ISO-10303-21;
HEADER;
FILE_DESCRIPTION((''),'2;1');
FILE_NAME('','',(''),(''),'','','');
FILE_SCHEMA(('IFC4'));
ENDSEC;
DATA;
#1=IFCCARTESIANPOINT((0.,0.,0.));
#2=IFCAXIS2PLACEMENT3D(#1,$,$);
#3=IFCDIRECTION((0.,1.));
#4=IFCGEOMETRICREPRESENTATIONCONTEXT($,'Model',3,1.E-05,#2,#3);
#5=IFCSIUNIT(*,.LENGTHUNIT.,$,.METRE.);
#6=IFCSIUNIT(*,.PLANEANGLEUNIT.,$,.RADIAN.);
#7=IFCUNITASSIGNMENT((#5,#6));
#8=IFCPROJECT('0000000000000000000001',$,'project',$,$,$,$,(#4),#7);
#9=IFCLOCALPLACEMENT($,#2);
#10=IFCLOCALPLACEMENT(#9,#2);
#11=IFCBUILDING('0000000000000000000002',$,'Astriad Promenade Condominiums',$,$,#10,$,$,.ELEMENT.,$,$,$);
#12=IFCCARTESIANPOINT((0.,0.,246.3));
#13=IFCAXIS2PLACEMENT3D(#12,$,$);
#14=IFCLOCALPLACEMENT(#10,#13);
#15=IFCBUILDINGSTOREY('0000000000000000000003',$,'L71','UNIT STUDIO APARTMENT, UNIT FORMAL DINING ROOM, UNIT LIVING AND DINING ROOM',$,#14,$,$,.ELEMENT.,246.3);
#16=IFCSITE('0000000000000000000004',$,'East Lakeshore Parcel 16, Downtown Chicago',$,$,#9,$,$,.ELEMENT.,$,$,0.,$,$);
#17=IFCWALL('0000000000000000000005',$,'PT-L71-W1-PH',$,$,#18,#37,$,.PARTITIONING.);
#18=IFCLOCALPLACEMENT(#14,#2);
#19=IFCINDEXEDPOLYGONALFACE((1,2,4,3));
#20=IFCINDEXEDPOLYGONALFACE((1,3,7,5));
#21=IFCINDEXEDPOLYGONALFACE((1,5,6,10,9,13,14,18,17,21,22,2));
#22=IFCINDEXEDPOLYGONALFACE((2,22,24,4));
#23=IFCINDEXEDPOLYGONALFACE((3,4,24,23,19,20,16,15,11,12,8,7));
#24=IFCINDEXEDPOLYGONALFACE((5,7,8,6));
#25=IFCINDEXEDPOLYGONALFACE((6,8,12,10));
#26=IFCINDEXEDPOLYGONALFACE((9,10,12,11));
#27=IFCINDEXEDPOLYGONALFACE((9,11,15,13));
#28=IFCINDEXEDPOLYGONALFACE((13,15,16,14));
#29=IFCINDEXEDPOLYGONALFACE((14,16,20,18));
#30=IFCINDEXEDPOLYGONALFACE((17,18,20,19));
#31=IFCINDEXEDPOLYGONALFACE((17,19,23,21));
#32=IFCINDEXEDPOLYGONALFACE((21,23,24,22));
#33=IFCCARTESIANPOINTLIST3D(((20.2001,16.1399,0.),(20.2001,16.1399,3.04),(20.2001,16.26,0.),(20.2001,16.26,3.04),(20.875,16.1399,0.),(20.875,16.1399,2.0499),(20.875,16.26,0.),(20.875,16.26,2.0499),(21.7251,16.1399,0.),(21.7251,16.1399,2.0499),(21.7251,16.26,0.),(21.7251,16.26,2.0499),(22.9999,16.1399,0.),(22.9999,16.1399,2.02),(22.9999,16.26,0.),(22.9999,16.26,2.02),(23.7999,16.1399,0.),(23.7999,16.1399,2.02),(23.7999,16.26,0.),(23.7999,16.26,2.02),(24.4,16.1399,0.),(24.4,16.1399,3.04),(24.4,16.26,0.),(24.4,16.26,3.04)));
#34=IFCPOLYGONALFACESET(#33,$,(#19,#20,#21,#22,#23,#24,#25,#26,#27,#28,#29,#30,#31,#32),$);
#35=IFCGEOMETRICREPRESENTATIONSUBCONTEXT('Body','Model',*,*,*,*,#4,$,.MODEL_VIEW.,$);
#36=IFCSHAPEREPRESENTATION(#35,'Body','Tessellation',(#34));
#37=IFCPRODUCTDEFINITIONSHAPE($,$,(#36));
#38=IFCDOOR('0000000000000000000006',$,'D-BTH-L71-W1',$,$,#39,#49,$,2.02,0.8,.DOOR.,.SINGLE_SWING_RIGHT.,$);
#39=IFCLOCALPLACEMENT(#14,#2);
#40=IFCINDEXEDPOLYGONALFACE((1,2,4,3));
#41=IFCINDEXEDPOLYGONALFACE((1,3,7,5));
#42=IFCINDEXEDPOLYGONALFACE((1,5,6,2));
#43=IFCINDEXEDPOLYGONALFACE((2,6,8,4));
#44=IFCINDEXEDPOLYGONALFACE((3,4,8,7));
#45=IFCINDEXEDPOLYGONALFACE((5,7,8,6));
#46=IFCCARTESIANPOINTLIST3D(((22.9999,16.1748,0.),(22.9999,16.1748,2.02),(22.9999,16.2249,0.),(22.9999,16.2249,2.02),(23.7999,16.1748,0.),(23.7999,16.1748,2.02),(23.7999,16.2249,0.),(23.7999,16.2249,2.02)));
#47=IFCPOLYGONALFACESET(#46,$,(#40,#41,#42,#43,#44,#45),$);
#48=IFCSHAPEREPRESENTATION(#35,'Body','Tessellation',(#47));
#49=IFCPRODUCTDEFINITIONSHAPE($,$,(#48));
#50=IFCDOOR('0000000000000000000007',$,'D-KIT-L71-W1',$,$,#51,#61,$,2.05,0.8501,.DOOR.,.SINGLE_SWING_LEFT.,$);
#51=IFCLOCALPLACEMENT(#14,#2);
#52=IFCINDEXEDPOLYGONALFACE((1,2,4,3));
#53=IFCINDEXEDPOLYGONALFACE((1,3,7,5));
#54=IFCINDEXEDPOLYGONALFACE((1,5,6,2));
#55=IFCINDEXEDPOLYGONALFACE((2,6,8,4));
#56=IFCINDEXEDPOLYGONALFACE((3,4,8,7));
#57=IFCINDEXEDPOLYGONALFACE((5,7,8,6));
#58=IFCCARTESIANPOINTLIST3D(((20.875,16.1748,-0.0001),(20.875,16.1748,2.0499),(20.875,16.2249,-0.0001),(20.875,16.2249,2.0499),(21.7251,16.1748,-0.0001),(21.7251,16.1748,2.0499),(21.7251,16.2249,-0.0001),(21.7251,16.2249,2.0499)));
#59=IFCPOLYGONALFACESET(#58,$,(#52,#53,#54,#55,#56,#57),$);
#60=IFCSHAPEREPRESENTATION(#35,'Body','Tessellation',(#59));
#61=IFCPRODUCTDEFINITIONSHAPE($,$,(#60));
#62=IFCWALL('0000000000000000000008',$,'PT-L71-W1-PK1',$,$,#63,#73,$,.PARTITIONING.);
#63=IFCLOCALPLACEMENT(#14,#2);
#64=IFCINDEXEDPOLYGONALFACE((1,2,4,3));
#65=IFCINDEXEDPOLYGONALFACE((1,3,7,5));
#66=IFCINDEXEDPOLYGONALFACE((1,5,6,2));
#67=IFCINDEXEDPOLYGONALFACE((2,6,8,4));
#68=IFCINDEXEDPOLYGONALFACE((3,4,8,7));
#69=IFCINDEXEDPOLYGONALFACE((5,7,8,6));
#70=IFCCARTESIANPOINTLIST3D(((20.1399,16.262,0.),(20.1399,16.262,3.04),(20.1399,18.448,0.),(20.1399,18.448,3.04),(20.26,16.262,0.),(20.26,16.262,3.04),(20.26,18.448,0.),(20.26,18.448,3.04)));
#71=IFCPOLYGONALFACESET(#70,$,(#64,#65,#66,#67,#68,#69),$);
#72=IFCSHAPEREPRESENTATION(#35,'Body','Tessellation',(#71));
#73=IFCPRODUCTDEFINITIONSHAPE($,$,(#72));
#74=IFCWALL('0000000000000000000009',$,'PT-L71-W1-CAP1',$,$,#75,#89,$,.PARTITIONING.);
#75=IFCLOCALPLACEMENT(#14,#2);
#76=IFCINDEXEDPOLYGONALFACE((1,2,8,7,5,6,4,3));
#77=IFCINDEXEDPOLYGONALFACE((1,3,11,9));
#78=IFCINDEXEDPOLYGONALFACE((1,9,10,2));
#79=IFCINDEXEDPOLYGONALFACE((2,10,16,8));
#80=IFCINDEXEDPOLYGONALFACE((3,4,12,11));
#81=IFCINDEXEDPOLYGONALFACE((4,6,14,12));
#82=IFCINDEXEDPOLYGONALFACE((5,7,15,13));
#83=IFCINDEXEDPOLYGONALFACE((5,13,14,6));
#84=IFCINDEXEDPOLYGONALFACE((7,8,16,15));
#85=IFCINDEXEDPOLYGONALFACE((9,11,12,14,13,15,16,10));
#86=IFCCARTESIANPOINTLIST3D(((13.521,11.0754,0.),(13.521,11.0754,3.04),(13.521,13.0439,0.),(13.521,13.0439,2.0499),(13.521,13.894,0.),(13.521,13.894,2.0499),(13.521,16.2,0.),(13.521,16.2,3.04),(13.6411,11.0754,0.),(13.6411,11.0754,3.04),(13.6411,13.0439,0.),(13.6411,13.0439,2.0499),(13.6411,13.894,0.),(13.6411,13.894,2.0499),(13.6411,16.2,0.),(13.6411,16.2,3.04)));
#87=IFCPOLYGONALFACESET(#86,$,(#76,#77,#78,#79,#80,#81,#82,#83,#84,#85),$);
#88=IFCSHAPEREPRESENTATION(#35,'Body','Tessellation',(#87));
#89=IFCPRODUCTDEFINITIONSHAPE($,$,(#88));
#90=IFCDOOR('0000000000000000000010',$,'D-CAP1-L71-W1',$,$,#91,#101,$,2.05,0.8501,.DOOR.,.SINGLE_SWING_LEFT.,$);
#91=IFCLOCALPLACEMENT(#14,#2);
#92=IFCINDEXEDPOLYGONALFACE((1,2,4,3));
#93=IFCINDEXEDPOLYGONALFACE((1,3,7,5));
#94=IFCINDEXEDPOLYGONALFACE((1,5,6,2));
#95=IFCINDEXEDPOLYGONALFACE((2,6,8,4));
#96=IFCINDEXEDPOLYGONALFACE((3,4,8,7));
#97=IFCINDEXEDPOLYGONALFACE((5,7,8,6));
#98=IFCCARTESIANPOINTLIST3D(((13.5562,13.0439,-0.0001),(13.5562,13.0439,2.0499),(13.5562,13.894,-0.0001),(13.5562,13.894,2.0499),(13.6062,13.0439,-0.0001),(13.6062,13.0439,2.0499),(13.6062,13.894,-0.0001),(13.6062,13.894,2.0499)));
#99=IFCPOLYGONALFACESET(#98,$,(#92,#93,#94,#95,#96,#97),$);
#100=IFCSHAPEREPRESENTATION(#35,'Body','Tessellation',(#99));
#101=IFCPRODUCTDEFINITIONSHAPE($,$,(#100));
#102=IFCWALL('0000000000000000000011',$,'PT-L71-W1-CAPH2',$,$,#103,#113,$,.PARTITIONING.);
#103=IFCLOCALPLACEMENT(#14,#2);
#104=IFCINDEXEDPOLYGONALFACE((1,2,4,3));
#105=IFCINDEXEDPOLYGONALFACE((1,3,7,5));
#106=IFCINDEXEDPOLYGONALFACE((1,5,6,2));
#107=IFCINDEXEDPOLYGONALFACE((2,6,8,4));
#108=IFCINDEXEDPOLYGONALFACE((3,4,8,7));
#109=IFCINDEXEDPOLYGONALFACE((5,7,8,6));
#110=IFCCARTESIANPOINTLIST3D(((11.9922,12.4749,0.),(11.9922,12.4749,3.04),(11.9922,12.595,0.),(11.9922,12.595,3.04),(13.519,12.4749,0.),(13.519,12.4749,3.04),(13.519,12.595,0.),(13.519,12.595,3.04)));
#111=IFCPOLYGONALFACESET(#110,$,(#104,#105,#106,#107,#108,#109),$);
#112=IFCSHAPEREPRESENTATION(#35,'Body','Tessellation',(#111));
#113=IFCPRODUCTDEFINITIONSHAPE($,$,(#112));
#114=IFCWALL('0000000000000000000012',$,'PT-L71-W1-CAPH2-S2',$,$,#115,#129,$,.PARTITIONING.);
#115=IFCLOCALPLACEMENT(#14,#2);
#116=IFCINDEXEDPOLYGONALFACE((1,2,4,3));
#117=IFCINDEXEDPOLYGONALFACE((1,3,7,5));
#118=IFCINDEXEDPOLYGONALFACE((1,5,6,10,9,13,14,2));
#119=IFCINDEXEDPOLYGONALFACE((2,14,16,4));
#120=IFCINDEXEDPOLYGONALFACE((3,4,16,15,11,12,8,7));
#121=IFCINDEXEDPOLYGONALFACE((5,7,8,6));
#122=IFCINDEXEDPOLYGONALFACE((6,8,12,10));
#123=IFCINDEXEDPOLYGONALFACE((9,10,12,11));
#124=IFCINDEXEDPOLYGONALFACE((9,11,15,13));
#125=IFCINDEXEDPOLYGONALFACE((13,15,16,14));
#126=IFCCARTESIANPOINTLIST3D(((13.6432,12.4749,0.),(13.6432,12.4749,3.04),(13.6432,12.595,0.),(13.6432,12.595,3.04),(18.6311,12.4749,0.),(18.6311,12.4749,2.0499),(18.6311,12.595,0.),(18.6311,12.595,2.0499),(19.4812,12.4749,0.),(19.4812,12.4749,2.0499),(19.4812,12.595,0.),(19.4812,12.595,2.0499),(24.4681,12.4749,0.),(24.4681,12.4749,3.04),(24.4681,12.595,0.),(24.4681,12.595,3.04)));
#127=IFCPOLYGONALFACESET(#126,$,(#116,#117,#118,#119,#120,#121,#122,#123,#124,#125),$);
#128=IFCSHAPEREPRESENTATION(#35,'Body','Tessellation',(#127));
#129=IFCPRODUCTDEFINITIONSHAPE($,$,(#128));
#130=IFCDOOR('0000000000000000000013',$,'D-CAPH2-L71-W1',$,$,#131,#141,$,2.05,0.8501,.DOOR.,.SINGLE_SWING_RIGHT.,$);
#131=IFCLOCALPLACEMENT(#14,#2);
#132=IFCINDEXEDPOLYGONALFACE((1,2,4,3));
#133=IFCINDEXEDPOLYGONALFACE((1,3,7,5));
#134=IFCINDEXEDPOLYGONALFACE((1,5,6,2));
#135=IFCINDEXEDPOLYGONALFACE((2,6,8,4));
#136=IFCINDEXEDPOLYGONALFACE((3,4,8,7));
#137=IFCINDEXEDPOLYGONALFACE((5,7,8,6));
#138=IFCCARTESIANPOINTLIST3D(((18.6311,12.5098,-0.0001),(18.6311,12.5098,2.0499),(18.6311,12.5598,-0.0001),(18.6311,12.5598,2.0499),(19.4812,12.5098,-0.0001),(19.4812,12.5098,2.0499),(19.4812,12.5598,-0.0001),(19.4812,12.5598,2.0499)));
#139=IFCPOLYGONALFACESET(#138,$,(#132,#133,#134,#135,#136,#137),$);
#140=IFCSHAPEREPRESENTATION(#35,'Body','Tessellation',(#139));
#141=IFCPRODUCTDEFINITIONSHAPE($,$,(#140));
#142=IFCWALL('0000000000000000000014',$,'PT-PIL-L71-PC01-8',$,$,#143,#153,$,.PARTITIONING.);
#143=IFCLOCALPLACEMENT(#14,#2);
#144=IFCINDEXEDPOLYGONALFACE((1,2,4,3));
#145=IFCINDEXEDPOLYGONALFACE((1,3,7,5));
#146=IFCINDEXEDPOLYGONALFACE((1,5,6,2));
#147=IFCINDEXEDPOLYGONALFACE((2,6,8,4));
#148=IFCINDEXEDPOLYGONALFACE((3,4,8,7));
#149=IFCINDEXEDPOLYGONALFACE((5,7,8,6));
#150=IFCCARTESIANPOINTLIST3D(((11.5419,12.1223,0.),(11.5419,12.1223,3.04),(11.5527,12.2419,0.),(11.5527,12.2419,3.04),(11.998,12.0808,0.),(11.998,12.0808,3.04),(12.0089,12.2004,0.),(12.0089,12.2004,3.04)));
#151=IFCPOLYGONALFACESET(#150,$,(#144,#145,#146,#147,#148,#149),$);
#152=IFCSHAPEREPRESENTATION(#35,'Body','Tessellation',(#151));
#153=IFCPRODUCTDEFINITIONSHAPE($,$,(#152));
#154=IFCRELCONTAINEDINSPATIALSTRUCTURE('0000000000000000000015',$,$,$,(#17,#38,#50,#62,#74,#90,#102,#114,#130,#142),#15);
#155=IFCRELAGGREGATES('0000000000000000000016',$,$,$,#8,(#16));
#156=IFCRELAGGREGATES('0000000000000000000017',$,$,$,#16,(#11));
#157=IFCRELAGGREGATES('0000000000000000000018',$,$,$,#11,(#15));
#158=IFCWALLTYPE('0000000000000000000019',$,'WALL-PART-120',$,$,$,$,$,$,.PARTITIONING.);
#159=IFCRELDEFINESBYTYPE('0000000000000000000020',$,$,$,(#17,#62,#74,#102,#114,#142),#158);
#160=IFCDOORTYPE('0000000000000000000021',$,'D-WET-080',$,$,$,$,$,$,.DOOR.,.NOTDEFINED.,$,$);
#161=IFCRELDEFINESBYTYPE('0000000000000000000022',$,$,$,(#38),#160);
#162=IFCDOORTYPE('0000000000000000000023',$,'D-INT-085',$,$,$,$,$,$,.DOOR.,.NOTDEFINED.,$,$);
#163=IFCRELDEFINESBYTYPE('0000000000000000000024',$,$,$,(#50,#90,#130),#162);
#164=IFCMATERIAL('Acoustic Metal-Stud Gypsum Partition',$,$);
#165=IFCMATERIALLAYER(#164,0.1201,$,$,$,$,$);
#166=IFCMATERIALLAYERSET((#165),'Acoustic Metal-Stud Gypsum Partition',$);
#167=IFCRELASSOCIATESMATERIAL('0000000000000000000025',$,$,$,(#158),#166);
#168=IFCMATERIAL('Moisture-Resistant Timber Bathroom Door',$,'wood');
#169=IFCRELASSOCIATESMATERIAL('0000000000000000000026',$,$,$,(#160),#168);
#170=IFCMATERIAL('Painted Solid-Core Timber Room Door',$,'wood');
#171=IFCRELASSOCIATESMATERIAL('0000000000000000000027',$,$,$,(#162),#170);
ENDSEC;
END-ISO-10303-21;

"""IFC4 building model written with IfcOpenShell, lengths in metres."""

from ifc_helpers import new_model, si_unit, direction, frame, frame_2d, origin, place, context, subcontext, project, spatial, rectangle, extrude, source, transform, mapped, material, layer, layer_set, type_object, type_shapes, element, fill, save


model = new_model("IFC4")

# Units and contexts
model_context = context("Model", 3, precision=1e-05, world=origin(), true_north=direction((0.0, 1.0)))
body_context = subcontext(model_context, "Body", "Model", "MODEL_VIEW")
ifc_project = project(units=[si_unit("LENGTHUNIT", "METRE"), si_unit("PLANEANGLEUNIT", "RADIAN")], contexts=[model_context])

# Site, building, storey
site_placement = place(None, origin())
site = spatial("IfcSite", under=ifc_project, at=site_placement, Name="East Lakeshore Parcel 16, Downtown Chicago", CompositionType="ELEMENT", RefElevation=0.0)
building_placement = place(site_placement, origin())
building = spatial("IfcBuilding", under=site, at=building_placement, Name="Astriad Promenade Condominiums", CompositionType="ELEMENT")
storey_placement = place(building_placement, frame((0.0, 0.0, 246.3)))
storey = spatial("IfcBuildingStorey", under=building, at=storey_placement, Name="L71", Description="UNIT STUDIO APARTMENT, UNIT FORMAL DINING ROOM, UNIT LIVING AND DINING ROOM", CompositionType="ELEMENT", Elevation=246.3)

# Wall, openings, doors
ifc_material_1 = material(Name="Acoustic Metal-Stud Gypsum Partition")
ifc_layer_1 = layer(ifc_material_1, 0.1201)
ifc_layer_set_1 = layer_set([ifc_layer_1], Name="Acoustic Metal-Stud Gypsum Partition")
wall_type_1 = type_object("IfcWallType", Name="WALL-PART-120", PredefinedType="PARTITIONING", material=ifc_layer_set_1)
wall_1_placement = place(storey_placement, frame((20.2, 16.2, 0.0), z_axis=(0.0, 0.0, 1.0), x_axis=(1.0, 0.0, 0.0)))
wall_1 = element("IfcWall", 1, at=wall_1_placement, inside=storey, type_object=wall_type_1, Name="PT-L71-W1-PH", PredefinedType="PARTITIONING", context=body_context, shape_type="SweptSolid", body=[
    extrude(rectangle(XDim=4.2, YDim=0.1201, at=frame_2d((2.1001, 0.0))), origin(), (0.0, 0.0, 1.0), 3.04),
])
opening_1_placement = place(wall_1_placement, frame((0.675, 0.0, 0.0)))
opening_1 = element("IfcOpeningElement", 2, at=opening_1_placement, cuts=wall_1, PredefinedType="OPENING", context=body_context, shape_type="SweptSolid", body=[
    extrude(rectangle(XDim=0.8501, YDim=2.05, at=frame_2d((0.425, 1.0249))), frame((0.0, 0.0701, 0.0), z_axis=(0.0, -1.0, 0.0), x_axis=(1.0, 0.0, 0.0)), (0.0, 0.0, 1.0), 0.1401),
])
opening_2_placement = place(wall_1_placement, frame((2.8, 0.0, 0.0)))
opening_2 = element("IfcOpeningElement", 3, at=opening_2_placement, cuts=wall_1, PredefinedType="OPENING", context=body_context, shape_type="SweptSolid", body=[
    extrude(rectangle(XDim=0.8, YDim=2.02, at=frame_2d((0.3999, 1.01))), frame((0.0, 0.0701, 0.0), z_axis=(0.0, -1.0, 0.0), x_axis=(1.0, 0.0, 0.0)), (0.0, 0.0, 1.0), 0.1401),
])
ifc_material_2 = material(Name="Moisture-Resistant Timber Bathroom Door", Category="wood")
door_type_1 = type_object("IfcDoorType", Name="D-WET-080", OperationType="NOTDEFINED", PredefinedType="DOOR", material=ifc_material_2)
shared_shape_1 = source(origin(), body_context, "Body", "SweptSolid", [
    extrude(rectangle(XDim=0.8, YDim=2.02, at=frame_2d((0.3999, 1.01))), frame((0.0, 0.0249, 0.0), z_axis=(0.0, -1.0, 0.0), x_axis=(1.0, 0.0, 0.0)), (0.0, 0.0, 1.0), 0.05),
])
type_shapes(door_type_1, [shared_shape_1])
door_1_placement = place(opening_2_placement, origin())
door_1 = element("IfcDoor", 4, at=door_1_placement, inside=storey, type_object=door_type_1, Name="D-BTH-L71-W1", OperationType="SINGLE_SWING_RIGHT", OverallHeight=2.02, OverallWidth=0.8, PredefinedType="DOOR", context=body_context, shape_type="MappedRepresentation", body=[
    mapped(shared_shape_1, transform((0.0, 0.0, 0.0), scale=1.0)),
])
fill(opening_2, door_1)
ifc_material_3 = material(Name="Painted Solid-Core Timber Room Door", Category="wood")
door_type_2 = type_object("IfcDoorType", Name="D-INT-085", OperationType="NOTDEFINED", PredefinedType="DOOR", material=ifc_material_3)
shared_shape_2 = source(origin(), body_context, "Body", "SweptSolid", [
    extrude(rectangle(XDim=0.8501, YDim=2.05, at=frame_2d((0.425, 1.0249))), frame((0.0, 0.0249, 0.0), z_axis=(0.0, -1.0, 0.0), x_axis=(1.0, 0.0, 0.0)), (0.0, 0.0, 1.0), 0.05),
])
type_shapes(door_type_2, [shared_shape_2])
door_2_placement = place(opening_1_placement, origin())
door_2 = element("IfcDoor", 5, at=door_2_placement, inside=storey, type_object=door_type_2, Name="D-KIT-L71-W1", OperationType="SINGLE_SWING_LEFT", OverallHeight=2.05, OverallWidth=0.8501, PredefinedType="DOOR", context=body_context, shape_type="MappedRepresentation", body=[
    mapped(shared_shape_2, transform((0.0, 0.0, 0.0), scale=1.0)),
])
fill(opening_1, door_2)

# Wall
wall_2_placement = place(storey_placement, frame((20.2, 16.262, 0.0), z_axis=(0.0, 0.0, 1.0), x_axis=(0.0, 1.0, 0.0)))
element("IfcWall", 6, at=wall_2_placement, inside=storey, type_object=wall_type_1, Name="PT-L71-W1-PK1", PredefinedType="PARTITIONING", context=body_context, shape_type="SweptSolid", body=[
    extrude(rectangle(XDim=2.186, YDim=0.1201, at=frame_2d((1.093, 0.0))), origin(), (0.0, 0.0, 1.0), 3.04),
])

# Wall, opening, door
wall_3_placement = place(storey_placement, frame((13.5811, 11.0754, 0.0), z_axis=(0.0, 0.0, 1.0), x_axis=(0.0, 1.0, 0.0)))
wall_3 = element("IfcWall", 7, at=wall_3_placement, inside=storey, type_object=wall_type_1, Name="PT-L71-W1-CAP1", PredefinedType="PARTITIONING", context=body_context, shape_type="SweptSolid", body=[
    extrude(rectangle(XDim=5.1245, YDim=0.1201, at=frame_2d((2.5623, 0.0))), origin(), (0.0, 0.0, 1.0), 3.04),
])
opening_3_placement = place(wall_3_placement, frame((1.9685, 0.0, 0.0)))
opening_3 = element("IfcOpeningElement", 8, at=opening_3_placement, cuts=wall_3, PredefinedType="OPENING", context=body_context, shape_type="SweptSolid", body=[
    extrude(rectangle(XDim=0.8501, YDim=2.05, at=frame_2d((0.425, 1.0249))), frame((0.0, 0.0701, 0.0), z_axis=(0.0, -1.0, 0.0), x_axis=(1.0, 0.0, 0.0)), (0.0, 0.0, 1.0), 0.1401),
])
door_3_placement = place(opening_3_placement, origin())
door_3 = element("IfcDoor", 9, at=door_3_placement, inside=storey, type_object=door_type_2, Name="D-CAP1-L71-W1", OperationType="SINGLE_SWING_LEFT", OverallHeight=2.05, OverallWidth=0.8501, PredefinedType="DOOR", context=body_context, shape_type="MappedRepresentation", body=[
    mapped(shared_shape_2, transform((0.0, 0.0, 0.0), scale=1.0)),
])
fill(opening_3, door_3)

# Wall
wall_4_placement = place(storey_placement, frame((11.9922, 12.5349, 0.0), z_axis=(0.0, 0.0, 1.0), x_axis=(1.0, 0.0, 0.0)))
element("IfcWall", 10, at=wall_4_placement, inside=storey, type_object=wall_type_1, Name="PT-L71-W1-CAPH2", PredefinedType="PARTITIONING", context=body_context, shape_type="SweptSolid", body=[
    extrude(rectangle(XDim=1.5269, YDim=0.1201, at=frame_2d((0.7634, 0.0))), origin(), (0.0, 0.0, 1.0), 3.04),
])

# Wall, opening, door
wall_5_placement = place(storey_placement, frame((13.6431, 12.5349, 0.0), z_axis=(0.0, 0.0, 1.0), x_axis=(1.0, 0.0, 0.0)))
wall_5 = element("IfcWall", 11, at=wall_5_placement, inside=storey, type_object=wall_type_1, Name="PT-L71-W1-CAPH2-S2", PredefinedType="PARTITIONING", context=body_context, shape_type="SweptSolid", body=[
    extrude(rectangle(XDim=10.825, YDim=0.1201, at=frame_2d((5.4126, 0.0))), origin(), (0.0, 0.0, 1.0), 3.04),
])
opening_4_placement = place(wall_5_placement, frame((4.988, 0.0, 0.0)))
opening_4 = element("IfcOpeningElement", 12, at=opening_4_placement, cuts=wall_5, PredefinedType="OPENING", context=body_context, shape_type="SweptSolid", body=[
    extrude(rectangle(XDim=0.8501, YDim=2.05, at=frame_2d((0.425, 1.0249))), frame((0.0, 0.0701, 0.0), z_axis=(0.0, -1.0, 0.0), x_axis=(1.0, 0.0, 0.0)), (0.0, 0.0, 1.0), 0.1401),
])
door_4_placement = place(opening_4_placement, origin())
door_4 = element("IfcDoor", 13, at=door_4_placement, inside=storey, type_object=door_type_2, Name="D-CAPH2-L71-W1", OperationType="SINGLE_SWING_RIGHT", OverallHeight=2.05, OverallWidth=0.8501, PredefinedType="DOOR", context=body_context, shape_type="MappedRepresentation", body=[
    mapped(shared_shape_2, transform((0.0, 0.0, 0.0), scale=1.0)),
])
fill(opening_4, door_4)

# Wall
wall_6_placement = place(storey_placement, frame((12.0034, 12.1406, 0.0), z_axis=(0.0, 0.0, 1.0), x_axis=(-0.995884, 0.090632, 0.0)))
element("IfcWall", 14, at=wall_6_placement, inside=storey, type_object=wall_type_1, Name="PT-PIL-L71-PC01-8", PredefinedType="PARTITIONING", context=body_context, shape_type="SweptSolid", body=[
    extrude(rectangle(XDim=0.458, YDim=0.1201, at=frame_2d((0.229, 0.0))), origin(), (0.0, 0.0, 1.0), 3.04),
])

save(model, "model.ifc")
